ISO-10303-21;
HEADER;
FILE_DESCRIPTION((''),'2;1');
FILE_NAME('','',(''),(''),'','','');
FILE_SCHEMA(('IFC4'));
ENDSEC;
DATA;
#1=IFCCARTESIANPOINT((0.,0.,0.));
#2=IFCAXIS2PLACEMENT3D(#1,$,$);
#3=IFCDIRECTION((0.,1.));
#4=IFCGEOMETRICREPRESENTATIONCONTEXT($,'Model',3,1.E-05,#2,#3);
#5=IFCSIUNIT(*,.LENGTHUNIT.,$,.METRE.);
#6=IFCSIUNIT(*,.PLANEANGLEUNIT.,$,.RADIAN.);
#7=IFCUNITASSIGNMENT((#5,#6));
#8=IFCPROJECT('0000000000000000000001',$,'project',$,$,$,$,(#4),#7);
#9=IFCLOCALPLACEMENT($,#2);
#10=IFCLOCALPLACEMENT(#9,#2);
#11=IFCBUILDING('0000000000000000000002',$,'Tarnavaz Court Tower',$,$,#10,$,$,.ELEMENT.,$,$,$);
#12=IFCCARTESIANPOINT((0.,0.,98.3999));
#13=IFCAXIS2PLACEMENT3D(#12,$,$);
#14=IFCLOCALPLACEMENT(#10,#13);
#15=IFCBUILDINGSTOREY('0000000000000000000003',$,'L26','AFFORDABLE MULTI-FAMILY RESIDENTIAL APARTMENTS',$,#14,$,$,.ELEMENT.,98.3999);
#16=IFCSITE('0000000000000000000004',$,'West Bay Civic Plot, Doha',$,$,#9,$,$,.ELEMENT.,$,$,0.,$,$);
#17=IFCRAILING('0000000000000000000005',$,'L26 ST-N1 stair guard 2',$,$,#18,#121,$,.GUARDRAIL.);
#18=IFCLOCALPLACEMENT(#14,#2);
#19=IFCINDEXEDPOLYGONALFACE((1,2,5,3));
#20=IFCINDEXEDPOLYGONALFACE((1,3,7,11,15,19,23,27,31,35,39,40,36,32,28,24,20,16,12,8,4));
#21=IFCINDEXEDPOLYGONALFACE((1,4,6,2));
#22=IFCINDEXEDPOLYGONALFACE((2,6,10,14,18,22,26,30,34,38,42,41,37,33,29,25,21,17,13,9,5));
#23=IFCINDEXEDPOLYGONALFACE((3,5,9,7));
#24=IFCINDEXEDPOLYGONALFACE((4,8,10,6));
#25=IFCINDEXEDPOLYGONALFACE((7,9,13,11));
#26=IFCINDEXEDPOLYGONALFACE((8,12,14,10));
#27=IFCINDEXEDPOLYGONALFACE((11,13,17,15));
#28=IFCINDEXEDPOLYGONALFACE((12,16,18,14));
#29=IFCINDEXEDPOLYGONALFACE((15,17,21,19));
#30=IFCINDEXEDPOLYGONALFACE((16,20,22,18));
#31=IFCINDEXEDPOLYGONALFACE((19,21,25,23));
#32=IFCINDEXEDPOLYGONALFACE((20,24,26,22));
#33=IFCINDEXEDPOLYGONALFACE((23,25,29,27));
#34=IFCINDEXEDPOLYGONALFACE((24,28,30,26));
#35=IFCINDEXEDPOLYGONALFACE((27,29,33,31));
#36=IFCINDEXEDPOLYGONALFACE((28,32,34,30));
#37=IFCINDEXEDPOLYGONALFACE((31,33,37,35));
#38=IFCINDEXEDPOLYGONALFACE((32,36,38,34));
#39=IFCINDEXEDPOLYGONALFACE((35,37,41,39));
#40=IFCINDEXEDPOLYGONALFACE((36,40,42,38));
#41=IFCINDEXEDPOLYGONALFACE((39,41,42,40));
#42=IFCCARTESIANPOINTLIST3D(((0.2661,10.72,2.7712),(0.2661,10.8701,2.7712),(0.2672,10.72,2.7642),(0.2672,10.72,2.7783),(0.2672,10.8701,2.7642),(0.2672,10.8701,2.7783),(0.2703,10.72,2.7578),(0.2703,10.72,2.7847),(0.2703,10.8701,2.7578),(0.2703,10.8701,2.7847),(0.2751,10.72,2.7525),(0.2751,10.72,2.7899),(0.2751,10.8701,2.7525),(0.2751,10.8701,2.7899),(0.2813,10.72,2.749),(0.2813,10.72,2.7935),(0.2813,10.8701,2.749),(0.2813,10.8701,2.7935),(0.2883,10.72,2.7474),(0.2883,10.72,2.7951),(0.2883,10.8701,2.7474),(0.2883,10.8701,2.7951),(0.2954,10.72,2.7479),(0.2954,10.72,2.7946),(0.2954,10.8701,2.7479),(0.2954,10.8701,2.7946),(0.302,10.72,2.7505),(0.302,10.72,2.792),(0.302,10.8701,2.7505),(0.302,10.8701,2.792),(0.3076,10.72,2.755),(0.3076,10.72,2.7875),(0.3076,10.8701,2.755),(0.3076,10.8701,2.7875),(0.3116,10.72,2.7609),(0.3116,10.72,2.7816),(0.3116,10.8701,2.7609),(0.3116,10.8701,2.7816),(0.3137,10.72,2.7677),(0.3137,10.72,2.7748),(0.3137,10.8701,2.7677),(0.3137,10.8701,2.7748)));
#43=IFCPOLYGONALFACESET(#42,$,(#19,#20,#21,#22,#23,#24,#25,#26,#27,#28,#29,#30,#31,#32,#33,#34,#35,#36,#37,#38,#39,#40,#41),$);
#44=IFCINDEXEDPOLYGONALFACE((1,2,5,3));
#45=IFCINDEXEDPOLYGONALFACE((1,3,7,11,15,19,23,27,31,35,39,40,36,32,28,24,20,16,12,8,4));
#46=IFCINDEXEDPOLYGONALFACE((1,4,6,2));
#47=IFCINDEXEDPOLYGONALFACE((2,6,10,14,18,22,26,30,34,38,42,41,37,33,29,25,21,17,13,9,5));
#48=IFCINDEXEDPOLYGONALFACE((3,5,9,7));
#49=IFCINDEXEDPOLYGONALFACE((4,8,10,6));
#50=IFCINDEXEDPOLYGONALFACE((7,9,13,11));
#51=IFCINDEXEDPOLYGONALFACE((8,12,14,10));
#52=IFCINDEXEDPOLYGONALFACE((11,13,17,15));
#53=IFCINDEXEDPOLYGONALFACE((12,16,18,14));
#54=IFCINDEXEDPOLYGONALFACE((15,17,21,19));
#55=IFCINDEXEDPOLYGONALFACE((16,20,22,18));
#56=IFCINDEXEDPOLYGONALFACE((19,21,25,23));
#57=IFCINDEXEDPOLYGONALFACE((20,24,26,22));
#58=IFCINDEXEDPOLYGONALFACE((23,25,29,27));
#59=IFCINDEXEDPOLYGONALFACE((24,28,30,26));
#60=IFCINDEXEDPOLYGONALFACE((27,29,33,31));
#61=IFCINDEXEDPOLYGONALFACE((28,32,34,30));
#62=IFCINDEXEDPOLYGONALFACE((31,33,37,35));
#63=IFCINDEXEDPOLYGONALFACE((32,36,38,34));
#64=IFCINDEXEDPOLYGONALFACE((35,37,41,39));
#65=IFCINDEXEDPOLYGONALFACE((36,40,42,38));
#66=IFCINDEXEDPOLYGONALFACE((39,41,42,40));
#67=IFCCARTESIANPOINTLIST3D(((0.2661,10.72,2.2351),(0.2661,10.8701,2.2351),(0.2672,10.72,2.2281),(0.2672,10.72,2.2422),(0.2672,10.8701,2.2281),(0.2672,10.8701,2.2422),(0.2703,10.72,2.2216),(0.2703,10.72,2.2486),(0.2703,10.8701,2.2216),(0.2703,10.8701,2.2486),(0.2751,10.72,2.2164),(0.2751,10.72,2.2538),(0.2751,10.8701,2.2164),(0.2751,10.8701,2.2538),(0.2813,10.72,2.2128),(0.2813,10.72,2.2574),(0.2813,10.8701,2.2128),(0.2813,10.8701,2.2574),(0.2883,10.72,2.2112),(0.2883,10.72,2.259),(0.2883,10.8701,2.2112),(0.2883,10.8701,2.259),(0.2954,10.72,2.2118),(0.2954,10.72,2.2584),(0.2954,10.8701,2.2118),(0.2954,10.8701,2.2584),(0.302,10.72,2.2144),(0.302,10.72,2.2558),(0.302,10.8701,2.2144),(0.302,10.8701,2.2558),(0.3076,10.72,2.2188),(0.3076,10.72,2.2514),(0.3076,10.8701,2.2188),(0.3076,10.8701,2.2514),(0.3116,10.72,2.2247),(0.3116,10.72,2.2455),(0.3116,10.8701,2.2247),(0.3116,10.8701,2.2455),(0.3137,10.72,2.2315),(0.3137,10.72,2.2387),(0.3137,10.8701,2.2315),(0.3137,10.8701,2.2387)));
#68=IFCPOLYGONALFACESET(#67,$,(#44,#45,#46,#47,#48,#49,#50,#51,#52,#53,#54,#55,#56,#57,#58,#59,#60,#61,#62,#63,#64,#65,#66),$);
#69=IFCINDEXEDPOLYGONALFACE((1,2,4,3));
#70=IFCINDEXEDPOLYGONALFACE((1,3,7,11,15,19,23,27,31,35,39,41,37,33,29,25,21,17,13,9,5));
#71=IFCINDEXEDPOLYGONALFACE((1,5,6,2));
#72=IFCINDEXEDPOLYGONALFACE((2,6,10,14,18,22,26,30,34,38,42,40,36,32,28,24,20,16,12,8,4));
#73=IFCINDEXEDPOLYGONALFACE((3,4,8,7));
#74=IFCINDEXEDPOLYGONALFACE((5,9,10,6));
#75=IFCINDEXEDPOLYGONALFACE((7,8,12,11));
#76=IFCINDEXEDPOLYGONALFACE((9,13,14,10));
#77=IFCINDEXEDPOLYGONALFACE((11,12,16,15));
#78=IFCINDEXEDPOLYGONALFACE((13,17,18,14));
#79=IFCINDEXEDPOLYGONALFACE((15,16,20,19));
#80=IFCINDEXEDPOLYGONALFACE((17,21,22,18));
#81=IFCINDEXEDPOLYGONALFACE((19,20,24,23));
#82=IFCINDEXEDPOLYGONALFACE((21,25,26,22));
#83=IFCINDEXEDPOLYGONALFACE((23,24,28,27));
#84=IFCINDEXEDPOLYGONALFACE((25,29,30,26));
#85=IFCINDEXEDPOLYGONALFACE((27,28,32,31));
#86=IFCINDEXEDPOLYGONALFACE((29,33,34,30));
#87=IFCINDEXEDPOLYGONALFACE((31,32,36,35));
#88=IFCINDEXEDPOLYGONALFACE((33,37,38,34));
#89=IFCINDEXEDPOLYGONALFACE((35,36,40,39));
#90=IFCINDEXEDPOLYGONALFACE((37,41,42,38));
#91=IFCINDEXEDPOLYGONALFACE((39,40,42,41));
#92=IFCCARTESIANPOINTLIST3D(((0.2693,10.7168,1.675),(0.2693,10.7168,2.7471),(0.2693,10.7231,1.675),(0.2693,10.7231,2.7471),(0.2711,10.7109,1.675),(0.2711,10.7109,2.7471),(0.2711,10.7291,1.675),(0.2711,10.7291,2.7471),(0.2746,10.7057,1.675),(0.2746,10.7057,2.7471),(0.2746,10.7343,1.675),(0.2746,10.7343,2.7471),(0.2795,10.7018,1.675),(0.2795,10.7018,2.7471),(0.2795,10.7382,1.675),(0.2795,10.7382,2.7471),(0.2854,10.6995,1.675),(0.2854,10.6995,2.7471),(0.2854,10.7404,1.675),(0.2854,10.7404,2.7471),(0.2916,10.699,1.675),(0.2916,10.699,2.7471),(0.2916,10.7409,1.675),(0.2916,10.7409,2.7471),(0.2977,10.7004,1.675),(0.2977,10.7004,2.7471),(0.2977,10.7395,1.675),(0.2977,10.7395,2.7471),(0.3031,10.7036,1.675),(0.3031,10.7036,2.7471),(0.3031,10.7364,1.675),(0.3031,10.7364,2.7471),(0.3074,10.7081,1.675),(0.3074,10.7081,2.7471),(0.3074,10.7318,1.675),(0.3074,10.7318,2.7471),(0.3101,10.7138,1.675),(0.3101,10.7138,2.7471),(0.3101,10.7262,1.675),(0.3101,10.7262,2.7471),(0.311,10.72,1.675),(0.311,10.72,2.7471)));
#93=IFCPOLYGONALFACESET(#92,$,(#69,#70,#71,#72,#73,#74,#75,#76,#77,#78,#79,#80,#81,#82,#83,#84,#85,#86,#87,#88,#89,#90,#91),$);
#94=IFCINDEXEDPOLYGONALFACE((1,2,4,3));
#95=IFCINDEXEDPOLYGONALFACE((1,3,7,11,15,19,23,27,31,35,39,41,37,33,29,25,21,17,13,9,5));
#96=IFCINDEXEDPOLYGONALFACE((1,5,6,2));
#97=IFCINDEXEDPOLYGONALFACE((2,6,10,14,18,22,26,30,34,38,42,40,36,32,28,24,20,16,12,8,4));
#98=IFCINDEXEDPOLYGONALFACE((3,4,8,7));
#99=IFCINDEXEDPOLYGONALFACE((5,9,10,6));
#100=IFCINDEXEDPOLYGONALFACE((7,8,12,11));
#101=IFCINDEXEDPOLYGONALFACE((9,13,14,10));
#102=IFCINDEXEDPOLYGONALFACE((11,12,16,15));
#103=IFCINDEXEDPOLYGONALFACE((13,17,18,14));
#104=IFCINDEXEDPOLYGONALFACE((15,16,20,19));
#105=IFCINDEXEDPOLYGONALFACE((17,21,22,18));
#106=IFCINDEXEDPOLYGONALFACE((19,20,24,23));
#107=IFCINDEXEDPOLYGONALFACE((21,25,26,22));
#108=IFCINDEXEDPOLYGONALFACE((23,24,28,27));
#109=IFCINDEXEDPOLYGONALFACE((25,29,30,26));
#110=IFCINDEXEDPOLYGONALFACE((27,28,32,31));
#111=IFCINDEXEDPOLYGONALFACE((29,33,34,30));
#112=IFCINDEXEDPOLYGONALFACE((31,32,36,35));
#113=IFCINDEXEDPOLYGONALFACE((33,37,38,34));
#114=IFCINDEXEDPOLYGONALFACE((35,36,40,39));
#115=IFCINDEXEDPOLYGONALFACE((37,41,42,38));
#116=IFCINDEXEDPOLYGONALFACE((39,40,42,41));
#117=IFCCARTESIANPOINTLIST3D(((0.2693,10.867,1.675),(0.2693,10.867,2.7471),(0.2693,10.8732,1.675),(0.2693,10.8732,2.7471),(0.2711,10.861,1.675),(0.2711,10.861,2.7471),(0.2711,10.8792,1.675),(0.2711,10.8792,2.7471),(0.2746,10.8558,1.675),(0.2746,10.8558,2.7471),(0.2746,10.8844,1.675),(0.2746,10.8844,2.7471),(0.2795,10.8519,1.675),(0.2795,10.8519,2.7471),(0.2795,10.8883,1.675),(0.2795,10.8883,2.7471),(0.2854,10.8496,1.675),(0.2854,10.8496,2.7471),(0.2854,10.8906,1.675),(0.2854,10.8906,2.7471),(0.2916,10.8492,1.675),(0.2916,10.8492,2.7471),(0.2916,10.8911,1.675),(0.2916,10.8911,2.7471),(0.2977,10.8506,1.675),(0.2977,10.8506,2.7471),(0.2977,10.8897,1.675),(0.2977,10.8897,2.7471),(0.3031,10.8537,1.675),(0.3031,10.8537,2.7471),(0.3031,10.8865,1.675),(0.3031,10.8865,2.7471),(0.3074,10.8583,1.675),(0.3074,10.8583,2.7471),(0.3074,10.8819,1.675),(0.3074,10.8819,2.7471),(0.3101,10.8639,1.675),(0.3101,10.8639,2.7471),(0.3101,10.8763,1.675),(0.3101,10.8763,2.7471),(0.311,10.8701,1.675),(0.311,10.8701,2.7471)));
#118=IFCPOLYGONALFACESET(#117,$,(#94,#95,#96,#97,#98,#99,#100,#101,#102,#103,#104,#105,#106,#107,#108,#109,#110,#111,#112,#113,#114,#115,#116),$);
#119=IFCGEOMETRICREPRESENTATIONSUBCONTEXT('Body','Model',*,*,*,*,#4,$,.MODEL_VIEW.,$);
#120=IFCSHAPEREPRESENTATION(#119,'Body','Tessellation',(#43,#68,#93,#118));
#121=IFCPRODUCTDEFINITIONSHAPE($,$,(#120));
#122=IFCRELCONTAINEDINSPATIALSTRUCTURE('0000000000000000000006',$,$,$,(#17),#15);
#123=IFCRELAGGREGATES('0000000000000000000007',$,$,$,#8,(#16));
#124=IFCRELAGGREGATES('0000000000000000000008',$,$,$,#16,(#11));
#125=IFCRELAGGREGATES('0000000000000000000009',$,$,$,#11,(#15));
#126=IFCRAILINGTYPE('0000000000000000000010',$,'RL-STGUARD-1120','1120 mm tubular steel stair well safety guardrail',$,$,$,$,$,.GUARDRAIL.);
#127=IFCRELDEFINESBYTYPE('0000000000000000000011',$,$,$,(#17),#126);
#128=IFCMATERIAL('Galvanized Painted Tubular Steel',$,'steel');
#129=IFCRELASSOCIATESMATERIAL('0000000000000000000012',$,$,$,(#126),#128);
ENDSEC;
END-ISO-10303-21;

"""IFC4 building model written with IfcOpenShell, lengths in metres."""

from ifc_helpers import new_model, si_unit, direction, frame, origin, origin_2d, place, context, subcontext, project, spatial, circle, extrude, material, type_object, element, save


model = new_model("IFC4")

# Units and contexts
model_context = context("Model", 3, precision=1e-05, world=origin(), true_north=direction((0.0, 1.0)))
body_context = subcontext(model_context, "Body", "Model", "MODEL_VIEW")
ifc_project = project(units=[si_unit("LENGTHUNIT", "METRE"), si_unit("PLANEANGLEUNIT", "RADIAN")], contexts=[model_context])

# Site, building, storey
site_placement = place(None, origin())
site = spatial("IfcSite", under=ifc_project, at=site_placement, Name="West Bay Civic Plot, Doha", CompositionType="ELEMENT", RefElevation=0.0)
building_placement = place(site_placement, origin())
building = spatial("IfcBuilding", under=site, at=building_placement, Name="Tarnavaz Court Tower", CompositionType="ELEMENT")
storey_placement = place(building_placement, frame((0.0, 0.0, 98.3999)))
storey = spatial("IfcBuildingStorey", under=building, at=storey_placement, Name="L26", Description="AFFORDABLE MULTI-FAMILY RESIDENTIAL APARTMENTS", CompositionType="ELEMENT", Elevation=98.3999)

# Railing
ifc_material_1 = material(Name="Galvanized Painted Tubular Steel", Category="steel")
railing_type_1 = type_object("IfcRailingType", Name="RL-STGUARD-1120", Description="1120 mm tubular steel stair well safety guardrail", PredefinedType="GUARDRAIL", material=ifc_material_1)
railing_1_placement = place(storey_placement, frame((0.29, 10.72, 1.675)))
element("IfcRailing", 1, at=railing_1_placement, inside=storey, type_object=railing_type_1, Name="L26 ST-N1 stair guard 2", PredefinedType="GUARDRAIL", context=body_context, shape_type="SweptSolid", body=[
    extrude(circle(Radius=0.0239, at=origin_2d()), frame((0.0, 0.0, 1.0962), z_axis=(0.0, 1.0, 0.0), x_axis=(-1.0, 0.0, 0.0)), (0.0, 0.0, 1.0), 0.1501),
    extrude(circle(Radius=0.0239, at=origin_2d()), frame((0.0, 0.0, 0.5601), z_axis=(0.0, 1.0, 0.0), x_axis=(-1.0, 0.0, 0.0)), (0.0, 0.0, 1.0), 0.1501),
    extrude(circle(Radius=0.021, at=origin_2d()), origin(), (0.0, 0.0, 1.0), 1.072),
    extrude(circle(Radius=0.021, at=origin_2d()), frame((0.0, 0.1501, 0.0)), (0.0, 0.0, 1.0), 1.072),
])

save(model, "model.ifc")
